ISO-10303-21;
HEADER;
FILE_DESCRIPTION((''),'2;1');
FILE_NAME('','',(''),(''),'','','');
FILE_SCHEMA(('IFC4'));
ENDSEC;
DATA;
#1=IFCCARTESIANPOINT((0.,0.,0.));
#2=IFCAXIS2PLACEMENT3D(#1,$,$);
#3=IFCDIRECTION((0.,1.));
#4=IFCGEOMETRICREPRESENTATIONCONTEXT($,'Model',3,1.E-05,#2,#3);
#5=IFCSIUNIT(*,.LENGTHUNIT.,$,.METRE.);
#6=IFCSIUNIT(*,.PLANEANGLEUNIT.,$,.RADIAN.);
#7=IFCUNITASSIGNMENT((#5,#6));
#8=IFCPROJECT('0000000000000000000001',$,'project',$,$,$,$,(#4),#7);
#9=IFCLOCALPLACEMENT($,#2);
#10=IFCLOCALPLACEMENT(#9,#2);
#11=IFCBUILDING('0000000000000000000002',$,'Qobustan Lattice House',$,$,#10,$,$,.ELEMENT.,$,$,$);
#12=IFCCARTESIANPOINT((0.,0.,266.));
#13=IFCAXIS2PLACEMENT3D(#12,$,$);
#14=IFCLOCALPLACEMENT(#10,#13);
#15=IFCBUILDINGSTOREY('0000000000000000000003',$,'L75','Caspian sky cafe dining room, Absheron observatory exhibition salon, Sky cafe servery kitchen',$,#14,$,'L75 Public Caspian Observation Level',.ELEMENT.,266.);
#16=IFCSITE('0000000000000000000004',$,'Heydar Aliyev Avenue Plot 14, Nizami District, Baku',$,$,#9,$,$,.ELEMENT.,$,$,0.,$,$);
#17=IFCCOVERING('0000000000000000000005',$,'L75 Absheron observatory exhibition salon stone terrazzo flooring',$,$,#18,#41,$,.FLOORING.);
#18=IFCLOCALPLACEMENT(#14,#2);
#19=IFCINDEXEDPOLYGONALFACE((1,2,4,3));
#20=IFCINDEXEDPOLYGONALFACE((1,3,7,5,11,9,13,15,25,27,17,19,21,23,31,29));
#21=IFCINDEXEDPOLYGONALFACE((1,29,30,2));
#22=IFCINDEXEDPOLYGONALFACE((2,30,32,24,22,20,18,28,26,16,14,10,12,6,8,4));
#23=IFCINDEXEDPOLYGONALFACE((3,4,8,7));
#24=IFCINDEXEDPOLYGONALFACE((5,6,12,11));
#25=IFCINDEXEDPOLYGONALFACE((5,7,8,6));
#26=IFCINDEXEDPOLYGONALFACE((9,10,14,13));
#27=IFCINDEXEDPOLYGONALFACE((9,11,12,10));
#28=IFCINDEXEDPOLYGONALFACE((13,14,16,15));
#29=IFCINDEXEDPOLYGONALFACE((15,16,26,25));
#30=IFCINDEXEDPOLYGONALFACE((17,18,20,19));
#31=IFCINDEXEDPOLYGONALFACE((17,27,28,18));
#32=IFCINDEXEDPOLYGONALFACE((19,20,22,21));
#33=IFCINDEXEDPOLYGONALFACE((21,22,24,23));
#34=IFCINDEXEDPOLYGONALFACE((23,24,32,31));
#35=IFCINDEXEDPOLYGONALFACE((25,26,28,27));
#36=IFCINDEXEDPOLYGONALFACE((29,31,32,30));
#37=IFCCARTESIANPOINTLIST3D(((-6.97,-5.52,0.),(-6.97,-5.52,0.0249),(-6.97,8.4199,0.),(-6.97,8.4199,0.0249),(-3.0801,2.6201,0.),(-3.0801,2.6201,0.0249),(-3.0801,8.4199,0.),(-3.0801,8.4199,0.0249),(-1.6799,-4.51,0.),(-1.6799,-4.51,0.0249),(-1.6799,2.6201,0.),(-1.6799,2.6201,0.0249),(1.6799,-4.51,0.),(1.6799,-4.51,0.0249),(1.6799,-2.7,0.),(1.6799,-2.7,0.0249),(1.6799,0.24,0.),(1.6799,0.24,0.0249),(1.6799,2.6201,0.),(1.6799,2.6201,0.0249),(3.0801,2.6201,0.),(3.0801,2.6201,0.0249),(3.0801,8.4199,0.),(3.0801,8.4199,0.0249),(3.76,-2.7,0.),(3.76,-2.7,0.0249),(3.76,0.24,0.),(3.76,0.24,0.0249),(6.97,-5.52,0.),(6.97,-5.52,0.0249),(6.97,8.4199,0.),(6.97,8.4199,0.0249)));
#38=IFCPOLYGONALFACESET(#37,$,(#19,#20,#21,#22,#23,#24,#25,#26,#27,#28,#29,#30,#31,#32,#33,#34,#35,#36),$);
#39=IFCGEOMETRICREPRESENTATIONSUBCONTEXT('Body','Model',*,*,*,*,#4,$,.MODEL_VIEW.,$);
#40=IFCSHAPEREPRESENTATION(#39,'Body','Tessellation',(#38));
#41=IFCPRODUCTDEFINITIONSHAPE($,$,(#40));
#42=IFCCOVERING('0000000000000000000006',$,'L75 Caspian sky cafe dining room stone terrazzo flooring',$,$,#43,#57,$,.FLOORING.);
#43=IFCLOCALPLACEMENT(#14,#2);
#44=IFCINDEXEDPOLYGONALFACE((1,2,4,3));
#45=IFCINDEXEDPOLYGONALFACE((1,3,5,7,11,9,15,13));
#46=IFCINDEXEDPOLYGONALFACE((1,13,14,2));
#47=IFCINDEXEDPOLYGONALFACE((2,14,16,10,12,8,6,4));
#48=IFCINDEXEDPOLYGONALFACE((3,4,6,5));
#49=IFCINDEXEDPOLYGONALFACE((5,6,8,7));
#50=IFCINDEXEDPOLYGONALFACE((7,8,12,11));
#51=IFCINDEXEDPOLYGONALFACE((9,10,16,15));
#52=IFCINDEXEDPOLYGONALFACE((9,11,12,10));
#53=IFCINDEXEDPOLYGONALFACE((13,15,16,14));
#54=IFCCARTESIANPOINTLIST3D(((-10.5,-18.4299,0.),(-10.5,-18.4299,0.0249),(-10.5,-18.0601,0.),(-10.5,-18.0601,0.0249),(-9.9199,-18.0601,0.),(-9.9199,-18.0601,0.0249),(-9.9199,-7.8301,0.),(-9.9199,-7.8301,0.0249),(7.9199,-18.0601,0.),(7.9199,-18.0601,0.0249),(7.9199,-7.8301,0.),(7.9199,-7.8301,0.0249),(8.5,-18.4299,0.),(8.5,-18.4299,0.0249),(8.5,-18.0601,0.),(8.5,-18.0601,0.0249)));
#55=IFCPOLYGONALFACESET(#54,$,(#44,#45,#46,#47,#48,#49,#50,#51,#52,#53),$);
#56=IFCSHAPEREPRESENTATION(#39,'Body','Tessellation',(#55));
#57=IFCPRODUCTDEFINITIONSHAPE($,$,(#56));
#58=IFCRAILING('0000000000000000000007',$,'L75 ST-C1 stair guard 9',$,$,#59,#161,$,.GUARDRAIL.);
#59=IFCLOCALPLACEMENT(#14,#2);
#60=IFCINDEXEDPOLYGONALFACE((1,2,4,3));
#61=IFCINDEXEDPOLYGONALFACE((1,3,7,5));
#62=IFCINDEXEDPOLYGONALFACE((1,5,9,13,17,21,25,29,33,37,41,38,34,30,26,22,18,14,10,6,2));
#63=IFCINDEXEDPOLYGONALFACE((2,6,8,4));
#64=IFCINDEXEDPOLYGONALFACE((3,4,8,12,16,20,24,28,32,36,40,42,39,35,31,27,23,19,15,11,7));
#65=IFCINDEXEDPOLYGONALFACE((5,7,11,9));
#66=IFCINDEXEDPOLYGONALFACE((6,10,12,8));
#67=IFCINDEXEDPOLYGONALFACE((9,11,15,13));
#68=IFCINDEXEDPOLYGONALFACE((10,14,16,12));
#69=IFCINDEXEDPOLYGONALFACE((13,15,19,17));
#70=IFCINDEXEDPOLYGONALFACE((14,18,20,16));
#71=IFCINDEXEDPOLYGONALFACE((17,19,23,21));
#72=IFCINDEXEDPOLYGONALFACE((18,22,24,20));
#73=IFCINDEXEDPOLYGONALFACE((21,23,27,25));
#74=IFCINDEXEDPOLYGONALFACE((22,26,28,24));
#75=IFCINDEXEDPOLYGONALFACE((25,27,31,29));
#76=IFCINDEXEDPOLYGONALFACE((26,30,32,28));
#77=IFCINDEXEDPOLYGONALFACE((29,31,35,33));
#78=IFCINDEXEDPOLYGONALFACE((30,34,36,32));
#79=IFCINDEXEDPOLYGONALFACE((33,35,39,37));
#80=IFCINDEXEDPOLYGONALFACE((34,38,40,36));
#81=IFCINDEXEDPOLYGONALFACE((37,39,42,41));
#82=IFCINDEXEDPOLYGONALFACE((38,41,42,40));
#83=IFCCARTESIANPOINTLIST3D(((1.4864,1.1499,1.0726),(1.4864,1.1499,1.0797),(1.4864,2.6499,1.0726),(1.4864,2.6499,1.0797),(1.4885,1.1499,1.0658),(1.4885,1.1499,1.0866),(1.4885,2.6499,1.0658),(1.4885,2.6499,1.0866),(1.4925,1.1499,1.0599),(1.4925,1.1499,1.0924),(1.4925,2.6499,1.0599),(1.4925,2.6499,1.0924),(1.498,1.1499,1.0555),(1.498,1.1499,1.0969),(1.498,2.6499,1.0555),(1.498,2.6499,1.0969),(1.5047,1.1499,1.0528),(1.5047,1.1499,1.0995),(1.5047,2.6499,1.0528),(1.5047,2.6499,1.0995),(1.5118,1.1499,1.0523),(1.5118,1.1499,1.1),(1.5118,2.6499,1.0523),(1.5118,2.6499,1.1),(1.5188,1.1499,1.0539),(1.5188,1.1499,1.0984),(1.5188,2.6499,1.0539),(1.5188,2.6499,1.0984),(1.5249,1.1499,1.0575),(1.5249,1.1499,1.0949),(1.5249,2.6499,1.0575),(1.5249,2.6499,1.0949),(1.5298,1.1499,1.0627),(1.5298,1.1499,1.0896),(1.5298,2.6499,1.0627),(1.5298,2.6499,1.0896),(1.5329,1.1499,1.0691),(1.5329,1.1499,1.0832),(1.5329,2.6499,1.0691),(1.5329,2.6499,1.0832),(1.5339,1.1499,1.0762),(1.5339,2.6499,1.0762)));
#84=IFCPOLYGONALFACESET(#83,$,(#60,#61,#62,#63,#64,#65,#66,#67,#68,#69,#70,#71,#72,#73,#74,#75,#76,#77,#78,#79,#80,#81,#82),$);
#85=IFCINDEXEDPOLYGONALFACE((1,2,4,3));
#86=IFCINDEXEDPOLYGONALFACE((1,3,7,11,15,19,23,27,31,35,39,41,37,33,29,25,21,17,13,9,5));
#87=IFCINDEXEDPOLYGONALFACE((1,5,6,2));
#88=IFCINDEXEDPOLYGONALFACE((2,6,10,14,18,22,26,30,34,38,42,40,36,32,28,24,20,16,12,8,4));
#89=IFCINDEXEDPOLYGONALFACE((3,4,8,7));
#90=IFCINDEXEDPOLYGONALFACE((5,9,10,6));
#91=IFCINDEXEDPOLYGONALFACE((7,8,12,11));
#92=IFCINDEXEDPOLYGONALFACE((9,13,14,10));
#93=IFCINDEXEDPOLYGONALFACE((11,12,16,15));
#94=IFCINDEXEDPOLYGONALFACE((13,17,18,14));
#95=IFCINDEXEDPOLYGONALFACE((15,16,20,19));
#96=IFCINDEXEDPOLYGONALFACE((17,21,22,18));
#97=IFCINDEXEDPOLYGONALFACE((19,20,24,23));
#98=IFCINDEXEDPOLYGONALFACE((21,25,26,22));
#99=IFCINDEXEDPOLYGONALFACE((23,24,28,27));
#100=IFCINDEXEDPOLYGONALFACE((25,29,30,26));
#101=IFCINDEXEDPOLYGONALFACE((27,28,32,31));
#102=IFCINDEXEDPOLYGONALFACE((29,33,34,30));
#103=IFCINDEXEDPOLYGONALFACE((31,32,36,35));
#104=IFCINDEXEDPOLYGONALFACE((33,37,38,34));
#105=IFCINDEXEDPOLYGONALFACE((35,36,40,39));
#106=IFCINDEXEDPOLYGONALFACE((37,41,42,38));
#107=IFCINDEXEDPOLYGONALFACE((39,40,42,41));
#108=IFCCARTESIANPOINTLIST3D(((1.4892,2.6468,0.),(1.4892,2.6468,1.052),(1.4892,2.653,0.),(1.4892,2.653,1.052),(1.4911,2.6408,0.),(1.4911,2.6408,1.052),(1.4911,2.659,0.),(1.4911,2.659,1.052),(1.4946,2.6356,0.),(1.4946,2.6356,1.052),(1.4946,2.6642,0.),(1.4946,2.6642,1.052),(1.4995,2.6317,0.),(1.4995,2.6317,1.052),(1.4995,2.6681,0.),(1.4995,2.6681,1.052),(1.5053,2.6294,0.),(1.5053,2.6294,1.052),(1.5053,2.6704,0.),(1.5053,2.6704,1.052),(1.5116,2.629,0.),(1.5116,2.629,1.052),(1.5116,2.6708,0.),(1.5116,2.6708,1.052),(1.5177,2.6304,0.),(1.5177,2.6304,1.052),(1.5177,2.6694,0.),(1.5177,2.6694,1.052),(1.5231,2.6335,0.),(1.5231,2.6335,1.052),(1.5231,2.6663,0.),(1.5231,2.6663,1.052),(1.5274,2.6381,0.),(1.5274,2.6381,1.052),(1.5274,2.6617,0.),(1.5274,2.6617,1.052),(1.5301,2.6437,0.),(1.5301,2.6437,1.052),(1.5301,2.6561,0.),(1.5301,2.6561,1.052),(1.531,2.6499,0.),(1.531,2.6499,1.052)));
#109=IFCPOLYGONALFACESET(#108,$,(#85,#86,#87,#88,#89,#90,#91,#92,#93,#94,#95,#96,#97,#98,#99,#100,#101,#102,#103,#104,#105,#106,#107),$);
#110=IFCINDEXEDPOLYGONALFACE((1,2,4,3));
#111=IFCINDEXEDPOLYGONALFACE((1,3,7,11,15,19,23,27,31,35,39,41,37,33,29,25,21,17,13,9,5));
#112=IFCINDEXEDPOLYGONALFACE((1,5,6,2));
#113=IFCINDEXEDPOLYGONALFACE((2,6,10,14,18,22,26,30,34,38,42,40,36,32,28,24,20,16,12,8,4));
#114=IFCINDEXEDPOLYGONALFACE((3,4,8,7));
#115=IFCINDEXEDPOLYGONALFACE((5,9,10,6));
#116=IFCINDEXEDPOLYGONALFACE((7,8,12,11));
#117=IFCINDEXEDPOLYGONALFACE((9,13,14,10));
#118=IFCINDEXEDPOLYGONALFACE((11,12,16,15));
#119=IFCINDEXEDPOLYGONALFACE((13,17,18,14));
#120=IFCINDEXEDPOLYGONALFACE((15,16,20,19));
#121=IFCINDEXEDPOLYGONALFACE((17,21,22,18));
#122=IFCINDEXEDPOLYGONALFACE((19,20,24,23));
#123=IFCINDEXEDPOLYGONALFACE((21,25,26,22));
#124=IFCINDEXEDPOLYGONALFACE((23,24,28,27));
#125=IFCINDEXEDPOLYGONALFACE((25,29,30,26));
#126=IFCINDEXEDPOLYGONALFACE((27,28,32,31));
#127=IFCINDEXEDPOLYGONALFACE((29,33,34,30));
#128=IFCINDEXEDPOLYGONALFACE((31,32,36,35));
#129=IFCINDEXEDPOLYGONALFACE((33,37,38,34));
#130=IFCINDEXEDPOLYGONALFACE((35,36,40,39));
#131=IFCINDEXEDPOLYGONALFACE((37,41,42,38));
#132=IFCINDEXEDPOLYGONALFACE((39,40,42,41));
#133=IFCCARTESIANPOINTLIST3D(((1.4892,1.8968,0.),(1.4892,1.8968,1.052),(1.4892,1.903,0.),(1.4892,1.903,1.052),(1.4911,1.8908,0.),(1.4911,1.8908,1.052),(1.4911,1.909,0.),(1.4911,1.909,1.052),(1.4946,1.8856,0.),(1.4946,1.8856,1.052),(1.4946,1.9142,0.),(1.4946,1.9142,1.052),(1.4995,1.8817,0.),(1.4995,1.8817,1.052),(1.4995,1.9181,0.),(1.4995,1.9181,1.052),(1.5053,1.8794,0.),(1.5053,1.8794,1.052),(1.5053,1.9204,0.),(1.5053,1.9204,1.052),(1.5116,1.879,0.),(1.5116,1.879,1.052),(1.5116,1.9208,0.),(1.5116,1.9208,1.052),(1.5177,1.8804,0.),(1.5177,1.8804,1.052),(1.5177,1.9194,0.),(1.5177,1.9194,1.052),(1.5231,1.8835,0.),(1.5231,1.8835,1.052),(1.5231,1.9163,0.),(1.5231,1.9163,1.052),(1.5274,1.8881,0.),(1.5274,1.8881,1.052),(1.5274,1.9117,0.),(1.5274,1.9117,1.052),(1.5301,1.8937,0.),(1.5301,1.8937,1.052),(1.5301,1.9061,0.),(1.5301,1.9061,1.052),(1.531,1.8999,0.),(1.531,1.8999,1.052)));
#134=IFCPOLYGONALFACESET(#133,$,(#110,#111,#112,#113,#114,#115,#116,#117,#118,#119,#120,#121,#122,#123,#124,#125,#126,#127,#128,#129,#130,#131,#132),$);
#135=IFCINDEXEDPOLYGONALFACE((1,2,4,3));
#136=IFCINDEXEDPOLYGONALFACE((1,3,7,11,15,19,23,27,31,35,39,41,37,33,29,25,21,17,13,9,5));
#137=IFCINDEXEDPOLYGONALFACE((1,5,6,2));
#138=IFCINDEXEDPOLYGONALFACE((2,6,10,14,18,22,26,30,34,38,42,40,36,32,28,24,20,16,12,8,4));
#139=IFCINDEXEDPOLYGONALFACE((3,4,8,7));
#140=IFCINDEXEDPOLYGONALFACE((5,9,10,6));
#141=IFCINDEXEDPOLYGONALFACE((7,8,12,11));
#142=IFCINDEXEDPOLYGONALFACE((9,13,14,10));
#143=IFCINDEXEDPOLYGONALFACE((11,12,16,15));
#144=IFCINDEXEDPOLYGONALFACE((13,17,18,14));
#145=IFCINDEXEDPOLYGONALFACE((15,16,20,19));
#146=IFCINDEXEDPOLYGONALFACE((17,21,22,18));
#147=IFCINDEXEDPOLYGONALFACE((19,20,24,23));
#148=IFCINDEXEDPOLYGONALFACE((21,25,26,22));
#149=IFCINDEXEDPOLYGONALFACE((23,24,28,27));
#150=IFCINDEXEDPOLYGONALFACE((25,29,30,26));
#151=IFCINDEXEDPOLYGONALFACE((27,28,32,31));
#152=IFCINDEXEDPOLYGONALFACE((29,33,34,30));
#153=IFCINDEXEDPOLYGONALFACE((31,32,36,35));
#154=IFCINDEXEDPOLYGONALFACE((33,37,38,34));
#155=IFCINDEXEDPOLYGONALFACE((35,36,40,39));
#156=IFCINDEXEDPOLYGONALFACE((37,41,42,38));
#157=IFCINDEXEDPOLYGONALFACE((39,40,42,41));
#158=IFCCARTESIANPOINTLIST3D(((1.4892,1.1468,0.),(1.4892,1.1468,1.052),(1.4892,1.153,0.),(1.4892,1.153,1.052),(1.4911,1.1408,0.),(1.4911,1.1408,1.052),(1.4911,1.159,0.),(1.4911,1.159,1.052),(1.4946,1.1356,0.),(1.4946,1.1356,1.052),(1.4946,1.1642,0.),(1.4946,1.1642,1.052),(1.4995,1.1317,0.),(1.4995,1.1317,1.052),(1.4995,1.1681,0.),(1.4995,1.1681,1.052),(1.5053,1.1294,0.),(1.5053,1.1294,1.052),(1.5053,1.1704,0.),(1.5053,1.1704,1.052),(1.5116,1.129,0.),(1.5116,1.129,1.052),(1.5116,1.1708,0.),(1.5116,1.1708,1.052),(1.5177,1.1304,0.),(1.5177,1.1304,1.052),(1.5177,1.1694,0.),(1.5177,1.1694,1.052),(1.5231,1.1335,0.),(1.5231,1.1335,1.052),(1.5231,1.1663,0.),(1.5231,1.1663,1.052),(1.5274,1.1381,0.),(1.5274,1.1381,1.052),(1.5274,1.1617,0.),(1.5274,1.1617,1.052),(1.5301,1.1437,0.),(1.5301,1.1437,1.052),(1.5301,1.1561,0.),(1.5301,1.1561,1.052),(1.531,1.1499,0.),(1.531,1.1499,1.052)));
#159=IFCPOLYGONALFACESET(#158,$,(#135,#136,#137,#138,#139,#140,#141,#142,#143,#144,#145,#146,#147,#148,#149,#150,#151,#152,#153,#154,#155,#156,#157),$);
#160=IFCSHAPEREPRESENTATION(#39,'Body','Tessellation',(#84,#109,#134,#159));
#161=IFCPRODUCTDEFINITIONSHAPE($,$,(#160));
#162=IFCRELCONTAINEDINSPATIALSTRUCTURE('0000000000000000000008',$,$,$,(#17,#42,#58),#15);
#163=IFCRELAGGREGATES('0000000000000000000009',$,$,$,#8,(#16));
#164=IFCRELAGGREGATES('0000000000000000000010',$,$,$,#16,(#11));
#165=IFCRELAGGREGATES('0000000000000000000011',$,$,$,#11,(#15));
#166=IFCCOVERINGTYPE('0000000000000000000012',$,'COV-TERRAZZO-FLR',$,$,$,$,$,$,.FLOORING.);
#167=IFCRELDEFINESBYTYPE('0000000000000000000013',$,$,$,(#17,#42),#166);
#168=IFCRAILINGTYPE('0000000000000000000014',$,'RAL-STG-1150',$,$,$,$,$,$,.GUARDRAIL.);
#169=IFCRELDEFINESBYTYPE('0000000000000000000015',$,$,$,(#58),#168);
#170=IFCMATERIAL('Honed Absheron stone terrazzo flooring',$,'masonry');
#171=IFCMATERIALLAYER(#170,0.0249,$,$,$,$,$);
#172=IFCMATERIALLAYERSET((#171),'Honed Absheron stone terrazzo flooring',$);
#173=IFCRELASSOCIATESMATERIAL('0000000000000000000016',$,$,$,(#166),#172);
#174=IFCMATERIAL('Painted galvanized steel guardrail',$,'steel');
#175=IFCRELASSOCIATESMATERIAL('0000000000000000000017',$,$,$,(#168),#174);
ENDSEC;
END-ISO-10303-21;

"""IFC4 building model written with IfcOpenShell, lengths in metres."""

from ifc_helpers import new_model, si_unit, direction, frame, origin, origin_2d, place, context, subcontext, project, spatial, polyline, circle, outline, extrude, material, layer, layer_set, type_object, element, save


model = new_model("IFC4")

# Units and contexts
model_context = context("Model", 3, precision=1e-05, world=origin(), true_north=direction((0.0, 1.0)))
body_context = subcontext(model_context, "Body", "Model", "MODEL_VIEW")
ifc_project = project(units=[si_unit("LENGTHUNIT", "METRE"), si_unit("PLANEANGLEUNIT", "RADIAN")], contexts=[model_context])

# Site, building, storey
site_placement = place(None, origin())
site = spatial("IfcSite", under=ifc_project, at=site_placement, Name="Heydar Aliyev Avenue Plot 14, Nizami District, Baku", CompositionType="ELEMENT", RefElevation=0.0)
building_placement = place(site_placement, origin())
building = spatial("IfcBuilding", under=site, at=building_placement, Name="Qobustan Lattice House", CompositionType="ELEMENT")
storey_placement = place(building_placement, frame((0.0, 0.0, 266.0)))
storey = spatial("IfcBuildingStorey", under=building, at=storey_placement, Name="L75", Description="Caspian sky cafe dining room, Absheron observatory exhibition salon, Sky cafe servery kitchen", LongName="L75 Public Caspian Observation Level", CompositionType="ELEMENT", Elevation=266.0)

# Coverings
ifc_material_1 = material(Name="Honed Absheron stone terrazzo flooring", Category="masonry")
ifc_layer_1 = layer(ifc_material_1, 0.0249)
ifc_layer_set_1 = layer_set([ifc_layer_1], Name="Honed Absheron stone terrazzo flooring")
covering_type_1 = type_object("IfcCoveringType", Name="COV-TERRAZZO-FLR", PredefinedType="FLOORING", material=ifc_layer_set_1)
covering_1_placement = place(storey_placement, origin())
element("IfcCovering", 1, at=covering_1_placement, inside=storey, type_object=covering_type_1, Name="L75 Absheron observatory exhibition salon stone terrazzo flooring", PredefinedType="FLOORING", context=body_context, shape_type="SweptSolid", body=[
    extrude(outline(polyline([(6.97, -5.52), (6.97, 8.4199), (3.0801, 8.4199), (3.0801, 2.6201), (1.6799, 2.6201), (1.6799, 0.24), (3.76, 0.24), (3.76, -2.7), (1.6799, -2.7), (1.6799, -4.51), (-1.6799, -4.51), (-1.6799, 2.6201), (-3.0801, 2.6201), (-3.0801, 8.4199), (-6.97, 8.4199), (-6.97, -5.52), (6.97, -5.52)])), origin(), (0.0, 0.0, 1.0), 0.0249),
])
covering_2_placement = place(storey_placement, origin())
element("IfcCovering", 2, at=covering_2_placement, inside=storey, type_object=covering_type_1, Name="L75 Caspian sky cafe dining room stone terrazzo flooring", PredefinedType="FLOORING", context=body_context, shape_type="SweptSolid", body=[
    extrude(outline(polyline([(-10.5, -18.0601), (-10.5, -18.4299), (8.5, -18.4299), (8.5, -18.0601), (7.9199, -18.0601), (7.9199, -7.8301), (-9.9199, -7.8301), (-9.9199, -18.0601), (-10.5, -18.0601)])), origin(), (0.0, 0.0, 1.0), 0.0249),
])

# Railing
ifc_material_2 = material(Name="Painted galvanized steel guardrail", Category="steel")
railing_type = type_object("IfcRailingType", Name="RAL-STG-1150", PredefinedType="GUARDRAIL", material=ifc_material_2)
railing_placement = place(storey_placement, frame((1.51, 2.6499, 0.0)))
element("IfcRailing", 3, at=railing_placement, inside=storey, type_object=railing_type, Name="L75 ST-C1 stair guard 9", PredefinedType="GUARDRAIL", context=body_context, shape_type="SweptSolid", body=[
    extrude(circle(Radius=0.0239, at=origin_2d()), frame((0.0, 0.0, 1.0762), z_axis=(0.0, -1.0, 0.0), x_axis=(1.0, 0.0, 0.0)), (0.0, 0.0, 1.0), 1.5),
    extrude(circle(Radius=0.021, at=origin_2d()), origin(), (0.0, 0.0, 1.0), 1.052),
    extrude(circle(Radius=0.021, at=origin_2d()), frame((0.0, -0.75, 0.0)), (0.0, 0.0, 1.0), 1.052),
    extrude(circle(Radius=0.021, at=origin_2d()), frame((0.0, -1.5, 0.0)), (0.0, 0.0, 1.0), 1.052),
])

save(model, "model.ifc")
